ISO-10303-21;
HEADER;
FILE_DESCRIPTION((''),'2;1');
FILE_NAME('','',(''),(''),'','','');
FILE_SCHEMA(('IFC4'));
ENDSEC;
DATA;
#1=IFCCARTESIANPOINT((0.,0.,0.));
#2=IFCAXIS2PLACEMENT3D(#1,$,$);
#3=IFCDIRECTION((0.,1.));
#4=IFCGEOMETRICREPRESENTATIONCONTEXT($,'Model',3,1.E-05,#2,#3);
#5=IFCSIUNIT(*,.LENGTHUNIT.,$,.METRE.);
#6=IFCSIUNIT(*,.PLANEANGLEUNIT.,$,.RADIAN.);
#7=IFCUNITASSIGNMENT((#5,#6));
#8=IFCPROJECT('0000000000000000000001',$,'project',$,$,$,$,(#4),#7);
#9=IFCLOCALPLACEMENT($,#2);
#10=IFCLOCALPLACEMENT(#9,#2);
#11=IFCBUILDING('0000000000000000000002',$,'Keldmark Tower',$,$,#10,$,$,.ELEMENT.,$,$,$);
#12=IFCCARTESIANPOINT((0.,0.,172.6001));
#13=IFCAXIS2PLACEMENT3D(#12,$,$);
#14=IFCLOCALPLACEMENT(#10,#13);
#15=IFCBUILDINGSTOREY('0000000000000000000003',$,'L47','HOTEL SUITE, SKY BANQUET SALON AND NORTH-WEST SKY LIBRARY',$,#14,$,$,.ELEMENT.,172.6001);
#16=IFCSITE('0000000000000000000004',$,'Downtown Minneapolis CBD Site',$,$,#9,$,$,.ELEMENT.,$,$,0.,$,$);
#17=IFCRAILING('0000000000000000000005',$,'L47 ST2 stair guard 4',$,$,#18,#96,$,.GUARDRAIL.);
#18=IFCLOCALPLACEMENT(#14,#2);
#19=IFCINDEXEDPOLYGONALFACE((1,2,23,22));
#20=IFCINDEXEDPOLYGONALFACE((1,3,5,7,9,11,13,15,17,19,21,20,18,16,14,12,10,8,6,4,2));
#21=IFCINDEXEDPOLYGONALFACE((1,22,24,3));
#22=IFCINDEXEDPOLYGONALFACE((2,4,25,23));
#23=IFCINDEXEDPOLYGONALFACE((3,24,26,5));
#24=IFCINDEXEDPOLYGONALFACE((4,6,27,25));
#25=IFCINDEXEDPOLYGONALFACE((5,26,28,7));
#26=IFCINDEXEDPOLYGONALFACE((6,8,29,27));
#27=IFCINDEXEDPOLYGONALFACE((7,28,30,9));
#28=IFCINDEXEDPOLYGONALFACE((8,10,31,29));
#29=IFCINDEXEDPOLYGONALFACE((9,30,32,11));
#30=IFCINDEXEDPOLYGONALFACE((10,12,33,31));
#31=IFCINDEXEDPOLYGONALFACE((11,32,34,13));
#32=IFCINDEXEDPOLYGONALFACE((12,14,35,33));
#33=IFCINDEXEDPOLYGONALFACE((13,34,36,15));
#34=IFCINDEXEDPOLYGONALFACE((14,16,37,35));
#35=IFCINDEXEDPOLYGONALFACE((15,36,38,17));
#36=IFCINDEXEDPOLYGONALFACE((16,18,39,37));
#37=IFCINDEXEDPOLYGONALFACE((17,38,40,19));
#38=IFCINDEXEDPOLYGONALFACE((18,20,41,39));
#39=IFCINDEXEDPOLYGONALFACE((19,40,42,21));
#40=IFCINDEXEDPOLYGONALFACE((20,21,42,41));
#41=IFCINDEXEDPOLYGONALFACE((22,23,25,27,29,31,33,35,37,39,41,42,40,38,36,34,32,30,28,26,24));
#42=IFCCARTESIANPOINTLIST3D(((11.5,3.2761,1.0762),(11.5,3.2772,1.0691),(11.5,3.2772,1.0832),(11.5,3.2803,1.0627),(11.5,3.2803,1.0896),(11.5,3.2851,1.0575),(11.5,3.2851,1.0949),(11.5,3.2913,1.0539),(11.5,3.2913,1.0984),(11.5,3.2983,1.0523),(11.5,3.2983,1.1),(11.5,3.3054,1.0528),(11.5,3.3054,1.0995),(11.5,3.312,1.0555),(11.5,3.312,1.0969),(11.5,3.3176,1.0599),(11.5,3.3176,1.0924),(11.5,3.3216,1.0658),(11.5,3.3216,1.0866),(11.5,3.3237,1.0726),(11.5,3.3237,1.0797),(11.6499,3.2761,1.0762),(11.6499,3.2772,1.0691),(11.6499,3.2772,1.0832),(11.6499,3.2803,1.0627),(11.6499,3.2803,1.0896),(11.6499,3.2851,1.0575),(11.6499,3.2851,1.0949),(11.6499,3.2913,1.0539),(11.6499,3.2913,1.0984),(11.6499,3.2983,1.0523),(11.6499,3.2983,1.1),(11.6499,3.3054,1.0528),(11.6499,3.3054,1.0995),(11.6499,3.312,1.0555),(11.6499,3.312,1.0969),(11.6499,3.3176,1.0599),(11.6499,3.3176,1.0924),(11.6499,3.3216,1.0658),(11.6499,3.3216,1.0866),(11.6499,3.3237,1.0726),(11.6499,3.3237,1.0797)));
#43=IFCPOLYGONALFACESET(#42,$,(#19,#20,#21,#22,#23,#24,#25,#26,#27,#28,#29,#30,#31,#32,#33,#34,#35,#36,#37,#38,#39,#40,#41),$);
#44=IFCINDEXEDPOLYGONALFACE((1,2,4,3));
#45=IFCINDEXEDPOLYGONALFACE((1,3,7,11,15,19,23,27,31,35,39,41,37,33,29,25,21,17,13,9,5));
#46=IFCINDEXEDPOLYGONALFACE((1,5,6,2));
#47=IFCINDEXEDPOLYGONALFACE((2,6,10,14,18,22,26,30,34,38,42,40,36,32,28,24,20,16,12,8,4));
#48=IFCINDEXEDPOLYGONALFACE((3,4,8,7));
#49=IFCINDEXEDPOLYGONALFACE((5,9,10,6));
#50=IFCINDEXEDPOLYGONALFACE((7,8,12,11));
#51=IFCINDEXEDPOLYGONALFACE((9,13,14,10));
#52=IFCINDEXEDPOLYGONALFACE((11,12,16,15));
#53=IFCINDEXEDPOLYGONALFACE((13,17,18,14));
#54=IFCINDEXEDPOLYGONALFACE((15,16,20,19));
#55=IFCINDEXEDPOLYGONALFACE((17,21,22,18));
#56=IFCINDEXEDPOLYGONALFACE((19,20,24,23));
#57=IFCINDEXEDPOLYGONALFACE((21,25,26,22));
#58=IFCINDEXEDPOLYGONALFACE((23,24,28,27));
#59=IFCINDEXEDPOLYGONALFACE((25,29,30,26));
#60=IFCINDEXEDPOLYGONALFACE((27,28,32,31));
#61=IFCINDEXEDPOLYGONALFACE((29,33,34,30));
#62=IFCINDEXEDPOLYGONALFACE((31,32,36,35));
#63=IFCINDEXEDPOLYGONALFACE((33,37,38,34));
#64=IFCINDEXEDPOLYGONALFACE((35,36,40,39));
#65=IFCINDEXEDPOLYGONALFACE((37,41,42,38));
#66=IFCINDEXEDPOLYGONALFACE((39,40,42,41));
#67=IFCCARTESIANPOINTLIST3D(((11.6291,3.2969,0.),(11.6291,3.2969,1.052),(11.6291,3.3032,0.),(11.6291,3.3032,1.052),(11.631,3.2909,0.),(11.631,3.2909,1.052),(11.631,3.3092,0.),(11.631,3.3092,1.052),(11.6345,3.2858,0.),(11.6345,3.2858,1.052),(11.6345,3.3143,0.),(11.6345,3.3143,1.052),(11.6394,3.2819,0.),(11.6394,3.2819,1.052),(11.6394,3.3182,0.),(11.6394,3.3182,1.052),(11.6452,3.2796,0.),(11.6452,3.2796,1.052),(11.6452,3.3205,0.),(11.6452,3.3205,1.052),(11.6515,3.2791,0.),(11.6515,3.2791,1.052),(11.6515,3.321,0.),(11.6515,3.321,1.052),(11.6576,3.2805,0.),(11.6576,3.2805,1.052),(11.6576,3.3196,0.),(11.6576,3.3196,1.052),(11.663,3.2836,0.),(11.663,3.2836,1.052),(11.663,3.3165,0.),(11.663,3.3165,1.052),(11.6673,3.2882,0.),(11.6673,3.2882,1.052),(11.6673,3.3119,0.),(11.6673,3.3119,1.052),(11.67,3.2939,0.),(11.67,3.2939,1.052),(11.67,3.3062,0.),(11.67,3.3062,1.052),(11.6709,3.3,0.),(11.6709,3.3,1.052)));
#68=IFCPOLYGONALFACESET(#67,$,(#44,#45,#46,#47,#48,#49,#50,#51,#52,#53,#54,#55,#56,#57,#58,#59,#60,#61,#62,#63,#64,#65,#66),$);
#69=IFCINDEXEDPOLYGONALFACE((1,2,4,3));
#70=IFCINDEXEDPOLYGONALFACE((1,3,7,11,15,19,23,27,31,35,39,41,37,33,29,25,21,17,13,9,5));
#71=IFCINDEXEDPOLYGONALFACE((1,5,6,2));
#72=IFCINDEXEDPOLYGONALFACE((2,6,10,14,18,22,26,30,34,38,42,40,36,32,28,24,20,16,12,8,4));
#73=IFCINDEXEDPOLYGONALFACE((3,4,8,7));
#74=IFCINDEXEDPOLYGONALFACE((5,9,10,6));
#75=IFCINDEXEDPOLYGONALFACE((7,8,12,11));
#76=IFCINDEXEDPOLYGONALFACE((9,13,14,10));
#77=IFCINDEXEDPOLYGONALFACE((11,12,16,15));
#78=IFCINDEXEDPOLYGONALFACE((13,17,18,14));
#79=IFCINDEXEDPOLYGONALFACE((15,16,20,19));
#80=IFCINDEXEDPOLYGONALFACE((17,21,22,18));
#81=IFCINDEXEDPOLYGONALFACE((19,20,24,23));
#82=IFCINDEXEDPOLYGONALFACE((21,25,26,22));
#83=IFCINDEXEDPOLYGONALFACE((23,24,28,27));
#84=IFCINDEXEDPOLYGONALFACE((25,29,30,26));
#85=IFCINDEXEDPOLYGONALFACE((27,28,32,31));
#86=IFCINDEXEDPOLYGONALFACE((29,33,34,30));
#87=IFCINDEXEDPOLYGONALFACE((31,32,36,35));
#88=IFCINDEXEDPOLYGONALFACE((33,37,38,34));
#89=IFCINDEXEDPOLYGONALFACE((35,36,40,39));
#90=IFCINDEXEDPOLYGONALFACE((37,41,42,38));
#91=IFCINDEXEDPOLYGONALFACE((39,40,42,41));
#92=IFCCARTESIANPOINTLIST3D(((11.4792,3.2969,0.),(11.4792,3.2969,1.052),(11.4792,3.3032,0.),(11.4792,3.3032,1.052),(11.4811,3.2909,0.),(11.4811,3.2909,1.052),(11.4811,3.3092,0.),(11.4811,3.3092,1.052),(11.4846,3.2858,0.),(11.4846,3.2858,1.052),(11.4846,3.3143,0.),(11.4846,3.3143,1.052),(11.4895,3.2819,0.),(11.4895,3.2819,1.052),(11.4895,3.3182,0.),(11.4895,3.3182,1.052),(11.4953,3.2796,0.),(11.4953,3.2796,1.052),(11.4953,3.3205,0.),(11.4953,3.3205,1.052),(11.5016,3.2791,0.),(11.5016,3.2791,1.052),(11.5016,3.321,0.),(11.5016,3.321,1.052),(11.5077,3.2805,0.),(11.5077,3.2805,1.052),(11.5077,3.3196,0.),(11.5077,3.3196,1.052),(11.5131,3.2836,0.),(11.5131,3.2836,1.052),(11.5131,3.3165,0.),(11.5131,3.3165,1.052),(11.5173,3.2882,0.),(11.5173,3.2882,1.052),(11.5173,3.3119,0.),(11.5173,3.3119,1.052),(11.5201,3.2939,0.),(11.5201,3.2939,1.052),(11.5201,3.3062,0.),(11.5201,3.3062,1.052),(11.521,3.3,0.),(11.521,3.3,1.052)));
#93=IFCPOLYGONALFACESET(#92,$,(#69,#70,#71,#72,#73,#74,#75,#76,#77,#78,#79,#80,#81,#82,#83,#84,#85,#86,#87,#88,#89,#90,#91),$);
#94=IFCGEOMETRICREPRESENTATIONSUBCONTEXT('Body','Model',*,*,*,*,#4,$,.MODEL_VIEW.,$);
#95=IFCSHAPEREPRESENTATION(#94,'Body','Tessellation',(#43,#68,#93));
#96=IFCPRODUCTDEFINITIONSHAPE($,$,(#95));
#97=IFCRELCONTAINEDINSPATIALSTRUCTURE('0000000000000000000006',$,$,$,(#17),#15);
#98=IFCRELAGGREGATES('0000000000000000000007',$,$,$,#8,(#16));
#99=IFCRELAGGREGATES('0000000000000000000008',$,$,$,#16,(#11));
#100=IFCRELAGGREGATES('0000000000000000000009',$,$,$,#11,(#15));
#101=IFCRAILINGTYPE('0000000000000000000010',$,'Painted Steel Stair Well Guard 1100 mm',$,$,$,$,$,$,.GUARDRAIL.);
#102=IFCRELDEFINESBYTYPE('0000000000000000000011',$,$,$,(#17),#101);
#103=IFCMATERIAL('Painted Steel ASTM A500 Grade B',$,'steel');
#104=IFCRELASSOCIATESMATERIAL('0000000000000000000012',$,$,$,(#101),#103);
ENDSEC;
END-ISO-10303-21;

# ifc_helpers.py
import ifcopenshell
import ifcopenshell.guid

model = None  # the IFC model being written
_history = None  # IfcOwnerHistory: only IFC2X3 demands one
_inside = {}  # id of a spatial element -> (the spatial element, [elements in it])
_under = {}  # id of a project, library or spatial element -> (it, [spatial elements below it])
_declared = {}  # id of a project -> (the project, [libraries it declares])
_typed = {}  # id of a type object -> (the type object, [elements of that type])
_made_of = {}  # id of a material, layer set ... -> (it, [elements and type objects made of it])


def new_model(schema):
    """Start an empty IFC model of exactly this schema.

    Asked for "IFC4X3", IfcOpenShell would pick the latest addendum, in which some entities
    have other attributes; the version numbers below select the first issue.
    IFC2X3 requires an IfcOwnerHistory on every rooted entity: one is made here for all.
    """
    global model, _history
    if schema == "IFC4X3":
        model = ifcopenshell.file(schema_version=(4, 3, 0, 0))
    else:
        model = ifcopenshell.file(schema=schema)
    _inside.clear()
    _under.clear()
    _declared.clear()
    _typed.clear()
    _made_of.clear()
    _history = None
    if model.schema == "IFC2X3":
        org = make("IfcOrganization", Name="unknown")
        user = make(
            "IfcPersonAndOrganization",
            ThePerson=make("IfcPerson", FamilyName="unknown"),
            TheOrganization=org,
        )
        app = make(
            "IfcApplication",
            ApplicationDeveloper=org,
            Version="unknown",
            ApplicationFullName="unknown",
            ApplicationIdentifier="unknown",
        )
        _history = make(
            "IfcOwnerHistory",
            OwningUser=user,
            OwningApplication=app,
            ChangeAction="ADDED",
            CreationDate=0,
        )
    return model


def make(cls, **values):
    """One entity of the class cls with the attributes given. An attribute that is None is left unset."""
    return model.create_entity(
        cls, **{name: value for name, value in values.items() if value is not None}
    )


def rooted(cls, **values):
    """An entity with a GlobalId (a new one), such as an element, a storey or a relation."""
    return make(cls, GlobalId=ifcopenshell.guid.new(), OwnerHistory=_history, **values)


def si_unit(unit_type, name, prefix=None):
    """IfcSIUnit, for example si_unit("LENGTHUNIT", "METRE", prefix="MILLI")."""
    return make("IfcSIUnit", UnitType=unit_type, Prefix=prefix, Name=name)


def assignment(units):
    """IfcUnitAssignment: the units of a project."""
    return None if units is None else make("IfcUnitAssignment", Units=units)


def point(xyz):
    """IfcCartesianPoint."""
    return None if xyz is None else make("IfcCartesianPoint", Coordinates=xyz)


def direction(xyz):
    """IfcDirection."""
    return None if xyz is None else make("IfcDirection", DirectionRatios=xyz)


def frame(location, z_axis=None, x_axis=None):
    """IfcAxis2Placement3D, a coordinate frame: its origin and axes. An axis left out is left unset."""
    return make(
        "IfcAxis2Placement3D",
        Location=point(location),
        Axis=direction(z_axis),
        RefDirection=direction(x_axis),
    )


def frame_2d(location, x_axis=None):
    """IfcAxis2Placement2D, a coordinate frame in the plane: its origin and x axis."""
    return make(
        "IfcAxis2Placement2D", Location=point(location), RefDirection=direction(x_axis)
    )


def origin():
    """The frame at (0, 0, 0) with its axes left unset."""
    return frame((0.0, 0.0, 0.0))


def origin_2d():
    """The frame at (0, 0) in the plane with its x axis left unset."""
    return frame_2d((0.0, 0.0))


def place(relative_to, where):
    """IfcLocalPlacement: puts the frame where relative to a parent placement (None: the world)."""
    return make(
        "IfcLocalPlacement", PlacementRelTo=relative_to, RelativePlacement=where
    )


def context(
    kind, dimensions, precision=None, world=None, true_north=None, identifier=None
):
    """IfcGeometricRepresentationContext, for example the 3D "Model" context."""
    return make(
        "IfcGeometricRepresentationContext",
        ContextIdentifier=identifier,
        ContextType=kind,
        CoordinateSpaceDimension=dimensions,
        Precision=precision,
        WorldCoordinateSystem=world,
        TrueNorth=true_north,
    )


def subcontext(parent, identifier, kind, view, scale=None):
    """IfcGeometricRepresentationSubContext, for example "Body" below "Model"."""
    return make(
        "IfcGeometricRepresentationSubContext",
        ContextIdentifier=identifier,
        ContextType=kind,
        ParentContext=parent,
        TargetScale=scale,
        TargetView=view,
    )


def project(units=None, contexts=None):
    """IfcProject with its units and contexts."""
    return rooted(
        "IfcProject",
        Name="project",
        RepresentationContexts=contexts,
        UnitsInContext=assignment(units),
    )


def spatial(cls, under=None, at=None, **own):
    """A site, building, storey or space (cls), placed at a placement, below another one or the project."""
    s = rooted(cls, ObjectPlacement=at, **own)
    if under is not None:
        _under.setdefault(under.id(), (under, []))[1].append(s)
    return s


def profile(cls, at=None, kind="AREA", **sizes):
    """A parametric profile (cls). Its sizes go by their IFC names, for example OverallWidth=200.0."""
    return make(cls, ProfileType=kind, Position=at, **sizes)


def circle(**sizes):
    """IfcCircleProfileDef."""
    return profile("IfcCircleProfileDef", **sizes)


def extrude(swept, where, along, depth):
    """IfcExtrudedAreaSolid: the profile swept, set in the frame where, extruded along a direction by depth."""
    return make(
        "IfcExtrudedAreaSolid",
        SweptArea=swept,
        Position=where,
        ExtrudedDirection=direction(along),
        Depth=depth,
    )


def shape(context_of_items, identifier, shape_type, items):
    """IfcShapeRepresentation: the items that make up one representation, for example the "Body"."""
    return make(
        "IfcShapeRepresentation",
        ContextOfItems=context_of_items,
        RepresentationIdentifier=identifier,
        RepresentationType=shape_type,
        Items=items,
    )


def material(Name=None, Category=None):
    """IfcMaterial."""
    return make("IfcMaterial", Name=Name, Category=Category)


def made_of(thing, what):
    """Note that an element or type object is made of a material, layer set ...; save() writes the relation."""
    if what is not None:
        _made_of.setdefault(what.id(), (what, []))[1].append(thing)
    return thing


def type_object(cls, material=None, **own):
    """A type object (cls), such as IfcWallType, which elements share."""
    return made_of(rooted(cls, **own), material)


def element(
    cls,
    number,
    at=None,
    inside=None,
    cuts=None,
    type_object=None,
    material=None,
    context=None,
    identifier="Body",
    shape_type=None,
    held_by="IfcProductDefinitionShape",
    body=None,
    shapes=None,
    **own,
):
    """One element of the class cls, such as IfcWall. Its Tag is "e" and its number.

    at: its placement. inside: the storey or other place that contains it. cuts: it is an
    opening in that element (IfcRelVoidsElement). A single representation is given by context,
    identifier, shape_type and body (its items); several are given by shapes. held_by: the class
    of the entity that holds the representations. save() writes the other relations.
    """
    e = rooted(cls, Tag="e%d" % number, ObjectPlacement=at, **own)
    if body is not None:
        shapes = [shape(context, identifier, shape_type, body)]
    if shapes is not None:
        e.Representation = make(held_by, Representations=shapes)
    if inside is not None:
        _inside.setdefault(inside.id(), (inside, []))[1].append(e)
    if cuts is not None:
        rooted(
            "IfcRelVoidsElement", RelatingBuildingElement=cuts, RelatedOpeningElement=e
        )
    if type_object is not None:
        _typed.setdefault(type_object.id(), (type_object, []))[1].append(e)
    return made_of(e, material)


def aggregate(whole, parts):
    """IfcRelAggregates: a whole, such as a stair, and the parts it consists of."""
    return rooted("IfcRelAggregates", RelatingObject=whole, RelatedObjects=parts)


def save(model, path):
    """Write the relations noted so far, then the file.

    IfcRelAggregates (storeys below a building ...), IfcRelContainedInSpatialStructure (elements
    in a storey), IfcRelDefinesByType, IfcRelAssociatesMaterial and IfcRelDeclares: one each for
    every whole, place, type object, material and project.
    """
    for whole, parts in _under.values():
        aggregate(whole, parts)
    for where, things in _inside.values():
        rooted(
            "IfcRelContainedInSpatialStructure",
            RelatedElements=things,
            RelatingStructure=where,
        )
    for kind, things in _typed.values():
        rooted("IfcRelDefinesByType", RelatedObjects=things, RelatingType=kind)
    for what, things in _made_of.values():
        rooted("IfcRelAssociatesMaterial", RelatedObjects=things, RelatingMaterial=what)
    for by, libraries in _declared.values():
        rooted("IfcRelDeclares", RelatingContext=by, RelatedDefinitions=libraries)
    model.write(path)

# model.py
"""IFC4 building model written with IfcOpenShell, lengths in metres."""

from ifc_helpers import new_model, si_unit, direction, frame, origin, origin_2d, place, context, subcontext, project, spatial, circle, extrude, material, type_object, element, save


model = new_model("IFC4")

# Units and contexts
model_context = context("Model", 3, precision=1e-05, world=origin(), true_north=direction((0.0, 1.0)))
body_context = subcontext(model_context, "Body", "Model", "MODEL_VIEW")
ifc_project = project(units=[si_unit("LENGTHUNIT", "METRE"), si_unit("PLANEANGLEUNIT", "RADIAN")], contexts=[model_context])

# Site, building, storey
site_placement = place(None, origin())
site = spatial("IfcSite", under=ifc_project, at=site_placement, Name="Downtown Minneapolis CBD Site", CompositionType="ELEMENT", RefElevation=0.0)
building_placement = place(site_placement, origin())
building = spatial("IfcBuilding", under=site, at=building_placement, Name="Keldmark Tower", CompositionType="ELEMENT")
storey_placement = place(building_placement, frame((0.0, 0.0, 172.6001)))
storey = spatial("IfcBuildingStorey", under=building, at=storey_placement, Name="L47", Description="HOTEL SUITE, SKY BANQUET SALON AND NORTH-WEST SKY LIBRARY", CompositionType="ELEMENT", Elevation=172.6001)

# Railing
ifc_material_1 = material(Name="Painted Steel ASTM A500 Grade B", Category="steel")
railing_type_1 = type_object("IfcRailingType", Name="Painted Steel Stair Well Guard 1100 mm", PredefinedType="GUARDRAIL", material=ifc_material_1)
railing_1_placement = place(storey_placement, frame((11.6499, 3.3, 0.0)))
element("IfcRailing", 1, at=railing_1_placement, inside=storey, type_object=railing_type_1, Name="L47 ST2 stair guard 4", PredefinedType="GUARDRAIL", context=body_context, shape_type="SweptSolid", body=[
    extrude(circle(Radius=0.0239, at=origin_2d()), frame((0.0, 0.0, 1.0762), z_axis=(-1.0, 0.0, 0.0), x_axis=(0.0, -1.0, 0.0)), (0.0, 0.0, 1.0), 0.1499),
    extrude(circle(Radius=0.021, at=origin_2d()), origin(), (0.0, 0.0, 1.0), 1.052),
    extrude(circle(Radius=0.021, at=origin_2d()), frame((-0.1499, 0.0, 0.0)), (0.0, 0.0, 1.0), 1.052),
])

save(model, "model.ifc")
